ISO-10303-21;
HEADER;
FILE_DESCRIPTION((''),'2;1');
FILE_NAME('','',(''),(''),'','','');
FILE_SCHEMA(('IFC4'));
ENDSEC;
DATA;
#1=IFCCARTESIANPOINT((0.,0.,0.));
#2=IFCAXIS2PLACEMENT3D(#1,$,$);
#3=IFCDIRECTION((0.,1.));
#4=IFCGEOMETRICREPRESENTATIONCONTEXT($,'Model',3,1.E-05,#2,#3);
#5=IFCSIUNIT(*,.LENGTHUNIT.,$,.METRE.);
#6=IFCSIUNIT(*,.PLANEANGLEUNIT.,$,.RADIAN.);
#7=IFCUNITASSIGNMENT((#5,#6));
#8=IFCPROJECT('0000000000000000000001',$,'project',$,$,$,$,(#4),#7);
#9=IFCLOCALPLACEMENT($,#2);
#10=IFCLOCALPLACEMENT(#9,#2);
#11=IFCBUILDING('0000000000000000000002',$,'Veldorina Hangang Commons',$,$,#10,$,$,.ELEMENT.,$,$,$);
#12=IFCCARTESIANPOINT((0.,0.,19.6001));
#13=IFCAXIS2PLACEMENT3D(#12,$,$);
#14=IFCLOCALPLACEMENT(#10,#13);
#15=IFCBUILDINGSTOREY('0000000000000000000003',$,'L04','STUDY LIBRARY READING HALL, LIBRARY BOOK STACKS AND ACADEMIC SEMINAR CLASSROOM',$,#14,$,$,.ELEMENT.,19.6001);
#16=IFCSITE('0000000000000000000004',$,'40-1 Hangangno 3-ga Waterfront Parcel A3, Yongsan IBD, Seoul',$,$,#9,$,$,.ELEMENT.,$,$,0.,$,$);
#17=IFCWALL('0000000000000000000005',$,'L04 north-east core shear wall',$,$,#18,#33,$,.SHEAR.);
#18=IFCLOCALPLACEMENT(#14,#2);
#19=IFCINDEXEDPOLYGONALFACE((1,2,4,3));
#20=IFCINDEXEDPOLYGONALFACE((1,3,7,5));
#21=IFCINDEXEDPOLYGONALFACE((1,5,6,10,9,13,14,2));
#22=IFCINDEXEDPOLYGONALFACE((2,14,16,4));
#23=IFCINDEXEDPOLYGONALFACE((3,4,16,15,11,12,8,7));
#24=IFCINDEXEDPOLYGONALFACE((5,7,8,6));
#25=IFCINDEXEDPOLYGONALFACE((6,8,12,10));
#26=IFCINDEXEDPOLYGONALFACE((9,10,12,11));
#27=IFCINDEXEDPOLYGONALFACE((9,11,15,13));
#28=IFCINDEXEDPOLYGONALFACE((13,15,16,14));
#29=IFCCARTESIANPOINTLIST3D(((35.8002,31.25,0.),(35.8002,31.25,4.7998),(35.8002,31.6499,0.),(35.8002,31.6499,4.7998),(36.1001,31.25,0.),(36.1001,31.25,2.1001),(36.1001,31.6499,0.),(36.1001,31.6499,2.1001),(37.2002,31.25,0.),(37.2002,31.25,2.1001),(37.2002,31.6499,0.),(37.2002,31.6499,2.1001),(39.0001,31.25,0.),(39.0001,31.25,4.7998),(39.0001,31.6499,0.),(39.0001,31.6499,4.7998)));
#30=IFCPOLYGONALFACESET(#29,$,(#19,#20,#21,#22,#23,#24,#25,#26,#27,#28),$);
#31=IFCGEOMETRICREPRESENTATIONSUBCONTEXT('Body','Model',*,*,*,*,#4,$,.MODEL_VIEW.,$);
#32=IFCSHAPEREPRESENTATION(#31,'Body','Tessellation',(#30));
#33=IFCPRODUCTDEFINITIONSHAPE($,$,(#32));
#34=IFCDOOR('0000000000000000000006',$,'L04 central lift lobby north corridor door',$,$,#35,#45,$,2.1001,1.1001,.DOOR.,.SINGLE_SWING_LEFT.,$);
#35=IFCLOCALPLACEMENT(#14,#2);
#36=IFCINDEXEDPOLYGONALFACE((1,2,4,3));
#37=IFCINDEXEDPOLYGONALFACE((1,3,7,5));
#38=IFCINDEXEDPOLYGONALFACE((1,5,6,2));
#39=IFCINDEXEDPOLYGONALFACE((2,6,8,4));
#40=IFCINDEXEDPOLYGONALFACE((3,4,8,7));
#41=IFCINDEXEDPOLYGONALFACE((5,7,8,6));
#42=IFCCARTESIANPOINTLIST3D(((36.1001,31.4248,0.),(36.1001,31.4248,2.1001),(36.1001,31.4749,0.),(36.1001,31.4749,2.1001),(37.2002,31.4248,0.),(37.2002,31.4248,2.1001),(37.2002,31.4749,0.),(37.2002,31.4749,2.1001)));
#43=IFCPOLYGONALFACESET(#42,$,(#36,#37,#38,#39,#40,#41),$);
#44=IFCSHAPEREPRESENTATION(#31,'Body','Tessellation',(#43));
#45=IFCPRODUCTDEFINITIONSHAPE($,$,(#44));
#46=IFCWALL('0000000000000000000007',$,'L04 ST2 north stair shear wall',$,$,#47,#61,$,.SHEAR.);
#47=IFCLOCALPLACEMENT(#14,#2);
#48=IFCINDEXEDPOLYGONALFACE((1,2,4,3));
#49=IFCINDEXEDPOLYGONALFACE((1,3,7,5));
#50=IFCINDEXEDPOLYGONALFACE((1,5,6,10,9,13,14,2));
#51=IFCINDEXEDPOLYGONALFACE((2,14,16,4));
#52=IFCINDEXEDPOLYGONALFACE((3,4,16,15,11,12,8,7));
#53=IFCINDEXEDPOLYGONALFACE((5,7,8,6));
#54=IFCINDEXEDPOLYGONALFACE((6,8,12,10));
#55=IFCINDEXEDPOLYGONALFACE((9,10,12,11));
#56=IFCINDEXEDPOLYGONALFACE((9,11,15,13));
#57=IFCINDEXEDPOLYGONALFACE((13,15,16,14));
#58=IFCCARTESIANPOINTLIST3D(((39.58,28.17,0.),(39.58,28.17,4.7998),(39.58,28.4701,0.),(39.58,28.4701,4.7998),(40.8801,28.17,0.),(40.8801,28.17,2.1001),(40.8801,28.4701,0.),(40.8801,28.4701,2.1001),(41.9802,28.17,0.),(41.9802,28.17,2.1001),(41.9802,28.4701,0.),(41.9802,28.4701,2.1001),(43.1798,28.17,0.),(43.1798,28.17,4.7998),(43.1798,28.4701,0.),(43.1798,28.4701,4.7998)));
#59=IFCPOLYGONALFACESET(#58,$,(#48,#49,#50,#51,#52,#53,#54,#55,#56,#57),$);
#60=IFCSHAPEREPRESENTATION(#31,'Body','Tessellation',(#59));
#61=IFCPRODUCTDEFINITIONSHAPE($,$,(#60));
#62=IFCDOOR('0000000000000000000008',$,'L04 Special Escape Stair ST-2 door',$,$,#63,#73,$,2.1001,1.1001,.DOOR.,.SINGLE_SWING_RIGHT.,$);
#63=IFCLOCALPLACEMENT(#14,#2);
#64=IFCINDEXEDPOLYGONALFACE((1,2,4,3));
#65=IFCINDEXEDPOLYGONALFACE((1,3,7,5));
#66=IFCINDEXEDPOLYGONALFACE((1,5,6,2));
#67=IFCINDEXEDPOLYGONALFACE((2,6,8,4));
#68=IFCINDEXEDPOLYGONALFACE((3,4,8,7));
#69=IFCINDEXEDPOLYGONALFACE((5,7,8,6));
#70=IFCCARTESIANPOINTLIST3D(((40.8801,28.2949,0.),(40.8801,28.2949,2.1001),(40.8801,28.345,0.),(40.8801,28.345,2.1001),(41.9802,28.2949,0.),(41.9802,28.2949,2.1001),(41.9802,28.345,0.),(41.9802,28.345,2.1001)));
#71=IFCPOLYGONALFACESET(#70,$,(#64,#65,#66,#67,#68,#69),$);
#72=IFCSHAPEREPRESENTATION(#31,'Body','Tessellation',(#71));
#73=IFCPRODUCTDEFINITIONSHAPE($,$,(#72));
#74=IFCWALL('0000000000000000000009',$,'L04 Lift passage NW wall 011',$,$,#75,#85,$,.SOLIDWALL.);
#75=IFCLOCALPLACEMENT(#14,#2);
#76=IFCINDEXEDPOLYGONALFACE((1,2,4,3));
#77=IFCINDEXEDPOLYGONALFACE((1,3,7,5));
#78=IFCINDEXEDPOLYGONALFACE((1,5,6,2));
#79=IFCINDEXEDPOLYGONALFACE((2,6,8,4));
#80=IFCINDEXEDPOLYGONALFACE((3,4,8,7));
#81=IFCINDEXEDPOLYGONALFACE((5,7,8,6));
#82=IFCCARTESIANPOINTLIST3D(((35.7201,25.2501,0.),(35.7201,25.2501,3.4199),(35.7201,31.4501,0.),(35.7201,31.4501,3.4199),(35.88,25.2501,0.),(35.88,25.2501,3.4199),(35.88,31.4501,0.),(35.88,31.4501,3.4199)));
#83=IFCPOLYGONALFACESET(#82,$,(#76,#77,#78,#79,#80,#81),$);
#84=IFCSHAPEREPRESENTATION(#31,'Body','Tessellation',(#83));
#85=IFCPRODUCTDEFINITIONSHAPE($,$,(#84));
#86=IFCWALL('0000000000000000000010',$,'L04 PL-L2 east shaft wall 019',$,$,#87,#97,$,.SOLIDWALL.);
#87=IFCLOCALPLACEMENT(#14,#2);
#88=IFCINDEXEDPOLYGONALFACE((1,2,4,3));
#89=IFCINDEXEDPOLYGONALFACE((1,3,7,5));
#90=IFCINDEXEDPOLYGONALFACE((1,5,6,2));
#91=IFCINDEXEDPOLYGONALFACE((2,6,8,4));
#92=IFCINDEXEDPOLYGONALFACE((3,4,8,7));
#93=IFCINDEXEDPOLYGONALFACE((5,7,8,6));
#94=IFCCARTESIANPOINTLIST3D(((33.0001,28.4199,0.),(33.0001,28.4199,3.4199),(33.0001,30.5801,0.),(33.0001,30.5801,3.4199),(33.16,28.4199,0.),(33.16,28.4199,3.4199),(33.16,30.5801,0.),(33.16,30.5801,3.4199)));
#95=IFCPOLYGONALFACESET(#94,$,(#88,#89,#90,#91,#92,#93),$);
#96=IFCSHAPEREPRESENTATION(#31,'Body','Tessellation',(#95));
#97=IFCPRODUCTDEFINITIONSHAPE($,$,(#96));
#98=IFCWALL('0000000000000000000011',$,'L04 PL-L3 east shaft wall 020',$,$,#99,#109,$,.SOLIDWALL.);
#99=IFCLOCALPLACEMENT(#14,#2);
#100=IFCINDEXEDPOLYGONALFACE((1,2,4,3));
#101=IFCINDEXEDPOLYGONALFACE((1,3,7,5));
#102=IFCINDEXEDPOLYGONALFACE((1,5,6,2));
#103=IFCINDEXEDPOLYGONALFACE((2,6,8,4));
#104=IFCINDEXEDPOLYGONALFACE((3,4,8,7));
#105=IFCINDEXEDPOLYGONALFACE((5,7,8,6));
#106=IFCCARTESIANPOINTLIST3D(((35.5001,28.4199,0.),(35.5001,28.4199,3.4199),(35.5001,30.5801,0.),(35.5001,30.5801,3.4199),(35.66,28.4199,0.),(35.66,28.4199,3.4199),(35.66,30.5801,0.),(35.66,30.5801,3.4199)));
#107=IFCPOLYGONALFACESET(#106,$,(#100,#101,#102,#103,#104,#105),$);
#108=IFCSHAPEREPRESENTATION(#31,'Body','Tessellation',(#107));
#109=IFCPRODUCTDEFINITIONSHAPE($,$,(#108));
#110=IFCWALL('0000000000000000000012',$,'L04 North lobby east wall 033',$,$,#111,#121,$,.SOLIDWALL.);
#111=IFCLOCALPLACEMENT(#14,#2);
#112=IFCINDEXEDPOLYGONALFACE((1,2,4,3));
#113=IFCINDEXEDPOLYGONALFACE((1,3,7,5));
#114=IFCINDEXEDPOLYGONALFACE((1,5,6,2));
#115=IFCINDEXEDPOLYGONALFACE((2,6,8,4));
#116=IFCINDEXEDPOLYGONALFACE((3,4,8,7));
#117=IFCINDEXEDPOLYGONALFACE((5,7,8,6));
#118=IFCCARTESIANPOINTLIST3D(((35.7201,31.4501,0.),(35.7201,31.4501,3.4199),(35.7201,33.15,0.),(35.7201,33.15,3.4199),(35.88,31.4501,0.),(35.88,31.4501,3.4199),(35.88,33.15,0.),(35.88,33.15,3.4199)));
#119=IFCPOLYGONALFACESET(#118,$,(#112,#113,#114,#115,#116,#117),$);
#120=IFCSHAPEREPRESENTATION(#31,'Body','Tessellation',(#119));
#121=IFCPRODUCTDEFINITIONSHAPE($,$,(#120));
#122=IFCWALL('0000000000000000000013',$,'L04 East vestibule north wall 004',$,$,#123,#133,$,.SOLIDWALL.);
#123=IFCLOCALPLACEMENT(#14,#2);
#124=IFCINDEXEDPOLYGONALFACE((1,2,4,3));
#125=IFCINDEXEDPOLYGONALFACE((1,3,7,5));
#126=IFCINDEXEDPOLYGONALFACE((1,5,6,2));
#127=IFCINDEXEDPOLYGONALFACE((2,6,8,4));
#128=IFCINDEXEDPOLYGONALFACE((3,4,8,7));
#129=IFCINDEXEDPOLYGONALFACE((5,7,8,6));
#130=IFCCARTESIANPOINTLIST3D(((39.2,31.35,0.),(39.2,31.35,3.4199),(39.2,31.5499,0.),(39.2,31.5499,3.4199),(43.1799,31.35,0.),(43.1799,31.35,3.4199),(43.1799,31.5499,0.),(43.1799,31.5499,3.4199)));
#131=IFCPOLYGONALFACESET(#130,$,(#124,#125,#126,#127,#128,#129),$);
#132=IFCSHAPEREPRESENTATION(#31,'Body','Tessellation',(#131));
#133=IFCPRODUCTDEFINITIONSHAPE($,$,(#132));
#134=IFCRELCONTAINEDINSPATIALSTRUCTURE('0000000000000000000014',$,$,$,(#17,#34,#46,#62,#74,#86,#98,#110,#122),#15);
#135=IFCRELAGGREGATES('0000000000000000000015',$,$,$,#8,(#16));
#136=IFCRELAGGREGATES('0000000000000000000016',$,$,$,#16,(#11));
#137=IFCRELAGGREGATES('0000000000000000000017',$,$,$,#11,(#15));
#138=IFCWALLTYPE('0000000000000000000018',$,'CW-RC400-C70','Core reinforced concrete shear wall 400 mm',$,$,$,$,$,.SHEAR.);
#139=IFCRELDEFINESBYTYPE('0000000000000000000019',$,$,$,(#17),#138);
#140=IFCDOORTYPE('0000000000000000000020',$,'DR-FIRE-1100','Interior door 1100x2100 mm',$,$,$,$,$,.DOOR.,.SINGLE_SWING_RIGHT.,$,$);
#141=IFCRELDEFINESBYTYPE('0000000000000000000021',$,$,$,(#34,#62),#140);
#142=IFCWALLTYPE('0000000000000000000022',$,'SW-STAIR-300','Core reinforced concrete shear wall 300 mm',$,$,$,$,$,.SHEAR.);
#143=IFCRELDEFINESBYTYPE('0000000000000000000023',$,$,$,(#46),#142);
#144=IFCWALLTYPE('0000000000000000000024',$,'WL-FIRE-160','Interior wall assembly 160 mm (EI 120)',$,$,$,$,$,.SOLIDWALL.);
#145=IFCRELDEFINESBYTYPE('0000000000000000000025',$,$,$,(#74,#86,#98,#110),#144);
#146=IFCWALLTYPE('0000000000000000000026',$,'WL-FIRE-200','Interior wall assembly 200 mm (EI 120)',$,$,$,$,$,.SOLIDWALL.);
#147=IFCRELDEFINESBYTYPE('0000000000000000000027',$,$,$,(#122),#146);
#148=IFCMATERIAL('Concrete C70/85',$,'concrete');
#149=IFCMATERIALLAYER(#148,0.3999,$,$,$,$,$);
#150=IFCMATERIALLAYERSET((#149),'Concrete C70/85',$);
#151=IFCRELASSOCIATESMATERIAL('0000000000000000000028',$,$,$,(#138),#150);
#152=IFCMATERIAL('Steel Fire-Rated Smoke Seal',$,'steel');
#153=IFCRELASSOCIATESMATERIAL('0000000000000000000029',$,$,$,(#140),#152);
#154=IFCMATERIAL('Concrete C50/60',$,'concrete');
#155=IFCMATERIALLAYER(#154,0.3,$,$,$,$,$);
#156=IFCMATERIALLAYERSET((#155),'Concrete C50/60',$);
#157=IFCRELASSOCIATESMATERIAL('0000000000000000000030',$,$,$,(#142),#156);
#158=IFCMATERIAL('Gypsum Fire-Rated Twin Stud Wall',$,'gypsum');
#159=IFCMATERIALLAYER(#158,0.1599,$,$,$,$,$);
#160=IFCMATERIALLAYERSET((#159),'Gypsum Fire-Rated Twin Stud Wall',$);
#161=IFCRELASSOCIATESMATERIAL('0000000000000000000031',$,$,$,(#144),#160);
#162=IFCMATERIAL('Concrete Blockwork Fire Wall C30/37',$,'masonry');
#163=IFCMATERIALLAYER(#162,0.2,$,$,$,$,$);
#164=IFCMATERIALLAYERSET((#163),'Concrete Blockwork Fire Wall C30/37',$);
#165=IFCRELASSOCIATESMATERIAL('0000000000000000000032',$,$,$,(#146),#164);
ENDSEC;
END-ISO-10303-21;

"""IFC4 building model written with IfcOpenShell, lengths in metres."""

from ifc_helpers import new_model, si_unit, direction, frame, frame_2d, origin, place, context, subcontext, project, spatial, rectangle, extrude, material, layer, layer_set, type_object, element, fill, save


model = new_model("IFC4")

# Units and contexts
model_context = context("Model", 3, precision=1e-05, world=origin(), true_north=direction((0.0, 1.0)))
body_context = subcontext(model_context, "Body", "Model", "MODEL_VIEW")
ifc_project = project(units=[si_unit("LENGTHUNIT", "METRE"), si_unit("PLANEANGLEUNIT", "RADIAN")], contexts=[model_context])

# Site, building, storey
site_placement = place(None, origin())
site = spatial("IfcSite", under=ifc_project, at=site_placement, Name="40-1 Hangangno 3-ga Waterfront Parcel A3, Yongsan IBD, Seoul", CompositionType="ELEMENT", RefElevation=0.0)
building_placement = place(site_placement, origin())
building = spatial("IfcBuilding", under=site, at=building_placement, Name="Veldorina Hangang Commons", CompositionType="ELEMENT")
storey_placement = place(building_placement, frame((0.0, 0.0, 19.6001)))
storey = spatial("IfcBuildingStorey", under=building, at=storey_placement, Name="L04", Description="STUDY LIBRARY READING HALL, LIBRARY BOOK STACKS AND ACADEMIC SEMINAR CLASSROOM", CompositionType="ELEMENT", Elevation=19.6001)

# Shared definitions
ifc_material_1 = material(Name="Concrete C70/85", Category="concrete")

# Shared definitions
ifc_layer_1 = layer(ifc_material_1, 0.3999)
ifc_layer_set_1 = layer_set([ifc_layer_1], Name="Concrete C70/85")
wall_type_1 = type_object("IfcWallType", Name="CW-RC400-C70", Description="Core reinforced concrete shear wall 400 mm", PredefinedType="SHEAR", material=ifc_layer_set_1)

# Walls, openings, doors
wall_1_placement = place(storey_placement, frame((35.8, 31.45, 0.0), z_axis=(0.0, 0.0, 1.0), x_axis=(1.0, 0.0, 0.0)))
wall_1 = element("IfcWall", 1, at=wall_1_placement, inside=storey, type_object=wall_type_1, Name="L04 north-east core shear wall", PredefinedType="SHEAR", context=body_context, shape_type="SweptSolid", body=[
    extrude(rectangle(XDim=3.2, YDim=0.3999, at=frame_2d((1.6001, 0.0))), origin(), (0.0, 0.0, 1.0), 4.7998),
])
opening_1_placement = place(wall_1_placement, frame((0.3, 0.0, 0.0)))
opening_1 = element("IfcOpeningElement", 2, at=opening_1_placement, cuts=wall_1, PredefinedType="OPENING", context=body_context, shape_type="SweptSolid", body=[
    extrude(rectangle(XDim=1.1001, YDim=2.1001, at=frame_2d((0.55, 1.05))), frame((0.0, 0.21, 0.0), z_axis=(0.0, -1.0, 0.0), x_axis=(1.0, 0.0, 0.0)), (0.0, 0.0, 1.0), 0.4199),
])
ifc_material_2 = material(Name="Steel Fire-Rated Smoke Seal", Category="steel")
door_type_1 = type_object("IfcDoorType", Name="DR-FIRE-1100", Description="Interior door 1100x2100 mm", OperationType="SINGLE_SWING_RIGHT", PredefinedType="DOOR", material=ifc_material_2)
door_1_placement = place(opening_1_placement, origin())
door_1 = element("IfcDoor", 3, at=door_1_placement, inside=storey, type_object=door_type_1, Name="L04 central lift lobby north corridor door", OperationType="SINGLE_SWING_LEFT", OverallHeight=2.1001, OverallWidth=1.1001, PredefinedType="DOOR", context=body_context, shape_type="SweptSolid", body=[
    extrude(rectangle(XDim=1.1001, YDim=2.1001, at=frame_2d((0.55, 1.05))), frame((0.0, 0.0249, 0.0), z_axis=(0.0, -1.0, 0.0), x_axis=(1.0, 0.0, 0.0)), (0.0, 0.0, 1.0), 0.05),
])
fill(opening_1, door_1)
ifc_material_3 = material(Name="Concrete C50/60", Category="concrete")
ifc_layer_2 = layer(ifc_material_3, 0.3)
ifc_layer_set_2 = layer_set([ifc_layer_2], Name="Concrete C50/60")
wall_type_2 = type_object("IfcWallType", Name="SW-STAIR-300", Description="Core reinforced concrete shear wall 300 mm", PredefinedType="SHEAR", material=ifc_layer_set_2)
wall_2_placement = place(storey_placement, frame((39.5801, 28.3201, 0.0), z_axis=(0.0, 0.0, 1.0), x_axis=(1.0, 0.0, 0.0)))
wall_2 = element("IfcWall", 4, at=wall_2_placement, inside=storey, type_object=wall_type_2, Name="L04 ST2 north stair shear wall", PredefinedType="SHEAR", context=body_context, shape_type="SweptSolid", body=[
    extrude(rectangle(XDim=3.5999, YDim=0.3, at=frame_2d((1.7998, 0.0))), origin(), (0.0, 0.0, 1.0), 4.7998),
])
opening_2_placement = place(wall_2_placement, frame((1.3, 0.0, 0.0)))
opening_2 = element("IfcOpeningElement", 5, at=opening_2_placement, cuts=wall_2, PredefinedType="OPENING", context=body_context, shape_type="SweptSolid", body=[
    extrude(rectangle(XDim=1.1001, YDim=2.1001, at=frame_2d((0.55, 1.05))), frame((0.0, 0.1602, 0.0), z_axis=(0.0, -1.0, 0.0), x_axis=(1.0, 0.0, 0.0)), (0.0, 0.0, 1.0), 0.3201),
])
door_2_placement = place(opening_2_placement, origin())
door_2 = element("IfcDoor", 6, at=door_2_placement, inside=storey, type_object=door_type_1, Name="L04 Special Escape Stair ST-2 door", OperationType="SINGLE_SWING_RIGHT", OverallHeight=2.1001, OverallWidth=1.1001, PredefinedType="DOOR", context=body_context, shape_type="SweptSolid", body=[
    extrude(rectangle(XDim=1.1001, YDim=2.1001, at=frame_2d((0.55, 1.05))), frame((0.0, 0.0249, 0.0), z_axis=(0.0, -1.0, 0.0), x_axis=(1.0, 0.0, 0.0)), (0.0, 0.0, 1.0), 0.05),
])
fill(opening_2, door_2)

# Walls
ifc_material_4 = material(Name="Gypsum Fire-Rated Twin Stud Wall", Category="gypsum")
ifc_layer_3 = layer(ifc_material_4, 0.1599)
ifc_layer_set_3 = layer_set([ifc_layer_3], Name="Gypsum Fire-Rated Twin Stud Wall")
wall_type_3 = type_object("IfcWallType", Name="WL-FIRE-160", Description="Interior wall assembly 160 mm (EI 120)", PredefinedType="SOLIDWALL", material=ifc_layer_set_3)
wall_3_placement = place(storey_placement, frame((35.8, 25.25, 0.0), z_axis=(0.0, 0.0, 1.0), x_axis=(0.0, 1.0, 0.0)))
element("IfcWall", 7, at=wall_3_placement, inside=storey, type_object=wall_type_3, Name="L04 Lift passage NW wall 011", PredefinedType="SOLIDWALL", context=body_context, shape_type="SweptSolid", body=[
    extrude(rectangle(XDim=6.2, YDim=0.1599, at=frame_2d((3.1001, 0.0))), origin(), (0.0, 0.0, 1.0), 3.4199),
])
for number, where, z_axis, x_axis, name in (
    (8, (33.0801, 28.4199, 0.0), (0.0, 0.0, 1.0), (0.0, 1.0, 0.0), "L04 PL-L2 east shaft wall 019"),
    (9, (35.5801, 28.4199, 0.0), (0.0, 0.0, 1.0), (0.0, 1.0, 0.0), "L04 PL-L3 east shaft wall 020"),
):
    element("IfcWall", number, at=place(storey_placement, frame(where, z_axis=z_axis, x_axis=x_axis)), inside=storey, type_object=wall_type_3, Name=name, PredefinedType="SOLIDWALL", context=body_context, shape_type="SweptSolid", body=[
        extrude(rectangle(XDim=2.1602, YDim=0.1599, at=frame_2d((1.0801, 0.0))), origin(), (0.0, 0.0, 1.0), 3.4199),
    ])
wall_4_placement = place(storey_placement, frame((35.8, 31.45, 0.0), z_axis=(0.0, 0.0, 1.0), x_axis=(0.0, 1.0, 0.0)))
element("IfcWall", 10, at=wall_4_placement, inside=storey, type_object=wall_type_3, Name="L04 North lobby east wall 033", PredefinedType="SOLIDWALL", context=body_context, shape_type="SweptSolid", body=[
    extrude(rectangle(XDim=1.7, YDim=0.1599, at=frame_2d((0.8501, 0.0))), origin(), (0.0, 0.0, 1.0), 3.4199),
])
ifc_material_5 = material(Name="Concrete Blockwork Fire Wall C30/37", Category="masonry")
ifc_layer_4 = layer(ifc_material_5, 0.2)
ifc_layer_set_4 = layer_set([ifc_layer_4], Name="Concrete Blockwork Fire Wall C30/37")
wall_type_4 = type_object("IfcWallType", Name="WL-FIRE-200", Description="Interior wall assembly 200 mm (EI 120)", PredefinedType="SOLIDWALL", material=ifc_layer_set_4)
wall_5_placement = place(storey_placement, frame((39.2, 31.45, 0.0), z_axis=(0.0, 0.0, 1.0), x_axis=(1.0, 0.0, 0.0)))
element("IfcWall", 11, at=wall_5_placement, inside=storey, type_object=wall_type_4, Name="L04 East vestibule north wall 004", PredefinedType="SOLIDWALL", context=body_context, shape_type="SweptSolid", body=[
    extrude(rectangle(XDim=3.98, YDim=0.2, at=frame_2d((1.99, 0.0))), origin(), (0.0, 0.0, 1.0), 3.4199),
])

save(model, "model.ifc")
